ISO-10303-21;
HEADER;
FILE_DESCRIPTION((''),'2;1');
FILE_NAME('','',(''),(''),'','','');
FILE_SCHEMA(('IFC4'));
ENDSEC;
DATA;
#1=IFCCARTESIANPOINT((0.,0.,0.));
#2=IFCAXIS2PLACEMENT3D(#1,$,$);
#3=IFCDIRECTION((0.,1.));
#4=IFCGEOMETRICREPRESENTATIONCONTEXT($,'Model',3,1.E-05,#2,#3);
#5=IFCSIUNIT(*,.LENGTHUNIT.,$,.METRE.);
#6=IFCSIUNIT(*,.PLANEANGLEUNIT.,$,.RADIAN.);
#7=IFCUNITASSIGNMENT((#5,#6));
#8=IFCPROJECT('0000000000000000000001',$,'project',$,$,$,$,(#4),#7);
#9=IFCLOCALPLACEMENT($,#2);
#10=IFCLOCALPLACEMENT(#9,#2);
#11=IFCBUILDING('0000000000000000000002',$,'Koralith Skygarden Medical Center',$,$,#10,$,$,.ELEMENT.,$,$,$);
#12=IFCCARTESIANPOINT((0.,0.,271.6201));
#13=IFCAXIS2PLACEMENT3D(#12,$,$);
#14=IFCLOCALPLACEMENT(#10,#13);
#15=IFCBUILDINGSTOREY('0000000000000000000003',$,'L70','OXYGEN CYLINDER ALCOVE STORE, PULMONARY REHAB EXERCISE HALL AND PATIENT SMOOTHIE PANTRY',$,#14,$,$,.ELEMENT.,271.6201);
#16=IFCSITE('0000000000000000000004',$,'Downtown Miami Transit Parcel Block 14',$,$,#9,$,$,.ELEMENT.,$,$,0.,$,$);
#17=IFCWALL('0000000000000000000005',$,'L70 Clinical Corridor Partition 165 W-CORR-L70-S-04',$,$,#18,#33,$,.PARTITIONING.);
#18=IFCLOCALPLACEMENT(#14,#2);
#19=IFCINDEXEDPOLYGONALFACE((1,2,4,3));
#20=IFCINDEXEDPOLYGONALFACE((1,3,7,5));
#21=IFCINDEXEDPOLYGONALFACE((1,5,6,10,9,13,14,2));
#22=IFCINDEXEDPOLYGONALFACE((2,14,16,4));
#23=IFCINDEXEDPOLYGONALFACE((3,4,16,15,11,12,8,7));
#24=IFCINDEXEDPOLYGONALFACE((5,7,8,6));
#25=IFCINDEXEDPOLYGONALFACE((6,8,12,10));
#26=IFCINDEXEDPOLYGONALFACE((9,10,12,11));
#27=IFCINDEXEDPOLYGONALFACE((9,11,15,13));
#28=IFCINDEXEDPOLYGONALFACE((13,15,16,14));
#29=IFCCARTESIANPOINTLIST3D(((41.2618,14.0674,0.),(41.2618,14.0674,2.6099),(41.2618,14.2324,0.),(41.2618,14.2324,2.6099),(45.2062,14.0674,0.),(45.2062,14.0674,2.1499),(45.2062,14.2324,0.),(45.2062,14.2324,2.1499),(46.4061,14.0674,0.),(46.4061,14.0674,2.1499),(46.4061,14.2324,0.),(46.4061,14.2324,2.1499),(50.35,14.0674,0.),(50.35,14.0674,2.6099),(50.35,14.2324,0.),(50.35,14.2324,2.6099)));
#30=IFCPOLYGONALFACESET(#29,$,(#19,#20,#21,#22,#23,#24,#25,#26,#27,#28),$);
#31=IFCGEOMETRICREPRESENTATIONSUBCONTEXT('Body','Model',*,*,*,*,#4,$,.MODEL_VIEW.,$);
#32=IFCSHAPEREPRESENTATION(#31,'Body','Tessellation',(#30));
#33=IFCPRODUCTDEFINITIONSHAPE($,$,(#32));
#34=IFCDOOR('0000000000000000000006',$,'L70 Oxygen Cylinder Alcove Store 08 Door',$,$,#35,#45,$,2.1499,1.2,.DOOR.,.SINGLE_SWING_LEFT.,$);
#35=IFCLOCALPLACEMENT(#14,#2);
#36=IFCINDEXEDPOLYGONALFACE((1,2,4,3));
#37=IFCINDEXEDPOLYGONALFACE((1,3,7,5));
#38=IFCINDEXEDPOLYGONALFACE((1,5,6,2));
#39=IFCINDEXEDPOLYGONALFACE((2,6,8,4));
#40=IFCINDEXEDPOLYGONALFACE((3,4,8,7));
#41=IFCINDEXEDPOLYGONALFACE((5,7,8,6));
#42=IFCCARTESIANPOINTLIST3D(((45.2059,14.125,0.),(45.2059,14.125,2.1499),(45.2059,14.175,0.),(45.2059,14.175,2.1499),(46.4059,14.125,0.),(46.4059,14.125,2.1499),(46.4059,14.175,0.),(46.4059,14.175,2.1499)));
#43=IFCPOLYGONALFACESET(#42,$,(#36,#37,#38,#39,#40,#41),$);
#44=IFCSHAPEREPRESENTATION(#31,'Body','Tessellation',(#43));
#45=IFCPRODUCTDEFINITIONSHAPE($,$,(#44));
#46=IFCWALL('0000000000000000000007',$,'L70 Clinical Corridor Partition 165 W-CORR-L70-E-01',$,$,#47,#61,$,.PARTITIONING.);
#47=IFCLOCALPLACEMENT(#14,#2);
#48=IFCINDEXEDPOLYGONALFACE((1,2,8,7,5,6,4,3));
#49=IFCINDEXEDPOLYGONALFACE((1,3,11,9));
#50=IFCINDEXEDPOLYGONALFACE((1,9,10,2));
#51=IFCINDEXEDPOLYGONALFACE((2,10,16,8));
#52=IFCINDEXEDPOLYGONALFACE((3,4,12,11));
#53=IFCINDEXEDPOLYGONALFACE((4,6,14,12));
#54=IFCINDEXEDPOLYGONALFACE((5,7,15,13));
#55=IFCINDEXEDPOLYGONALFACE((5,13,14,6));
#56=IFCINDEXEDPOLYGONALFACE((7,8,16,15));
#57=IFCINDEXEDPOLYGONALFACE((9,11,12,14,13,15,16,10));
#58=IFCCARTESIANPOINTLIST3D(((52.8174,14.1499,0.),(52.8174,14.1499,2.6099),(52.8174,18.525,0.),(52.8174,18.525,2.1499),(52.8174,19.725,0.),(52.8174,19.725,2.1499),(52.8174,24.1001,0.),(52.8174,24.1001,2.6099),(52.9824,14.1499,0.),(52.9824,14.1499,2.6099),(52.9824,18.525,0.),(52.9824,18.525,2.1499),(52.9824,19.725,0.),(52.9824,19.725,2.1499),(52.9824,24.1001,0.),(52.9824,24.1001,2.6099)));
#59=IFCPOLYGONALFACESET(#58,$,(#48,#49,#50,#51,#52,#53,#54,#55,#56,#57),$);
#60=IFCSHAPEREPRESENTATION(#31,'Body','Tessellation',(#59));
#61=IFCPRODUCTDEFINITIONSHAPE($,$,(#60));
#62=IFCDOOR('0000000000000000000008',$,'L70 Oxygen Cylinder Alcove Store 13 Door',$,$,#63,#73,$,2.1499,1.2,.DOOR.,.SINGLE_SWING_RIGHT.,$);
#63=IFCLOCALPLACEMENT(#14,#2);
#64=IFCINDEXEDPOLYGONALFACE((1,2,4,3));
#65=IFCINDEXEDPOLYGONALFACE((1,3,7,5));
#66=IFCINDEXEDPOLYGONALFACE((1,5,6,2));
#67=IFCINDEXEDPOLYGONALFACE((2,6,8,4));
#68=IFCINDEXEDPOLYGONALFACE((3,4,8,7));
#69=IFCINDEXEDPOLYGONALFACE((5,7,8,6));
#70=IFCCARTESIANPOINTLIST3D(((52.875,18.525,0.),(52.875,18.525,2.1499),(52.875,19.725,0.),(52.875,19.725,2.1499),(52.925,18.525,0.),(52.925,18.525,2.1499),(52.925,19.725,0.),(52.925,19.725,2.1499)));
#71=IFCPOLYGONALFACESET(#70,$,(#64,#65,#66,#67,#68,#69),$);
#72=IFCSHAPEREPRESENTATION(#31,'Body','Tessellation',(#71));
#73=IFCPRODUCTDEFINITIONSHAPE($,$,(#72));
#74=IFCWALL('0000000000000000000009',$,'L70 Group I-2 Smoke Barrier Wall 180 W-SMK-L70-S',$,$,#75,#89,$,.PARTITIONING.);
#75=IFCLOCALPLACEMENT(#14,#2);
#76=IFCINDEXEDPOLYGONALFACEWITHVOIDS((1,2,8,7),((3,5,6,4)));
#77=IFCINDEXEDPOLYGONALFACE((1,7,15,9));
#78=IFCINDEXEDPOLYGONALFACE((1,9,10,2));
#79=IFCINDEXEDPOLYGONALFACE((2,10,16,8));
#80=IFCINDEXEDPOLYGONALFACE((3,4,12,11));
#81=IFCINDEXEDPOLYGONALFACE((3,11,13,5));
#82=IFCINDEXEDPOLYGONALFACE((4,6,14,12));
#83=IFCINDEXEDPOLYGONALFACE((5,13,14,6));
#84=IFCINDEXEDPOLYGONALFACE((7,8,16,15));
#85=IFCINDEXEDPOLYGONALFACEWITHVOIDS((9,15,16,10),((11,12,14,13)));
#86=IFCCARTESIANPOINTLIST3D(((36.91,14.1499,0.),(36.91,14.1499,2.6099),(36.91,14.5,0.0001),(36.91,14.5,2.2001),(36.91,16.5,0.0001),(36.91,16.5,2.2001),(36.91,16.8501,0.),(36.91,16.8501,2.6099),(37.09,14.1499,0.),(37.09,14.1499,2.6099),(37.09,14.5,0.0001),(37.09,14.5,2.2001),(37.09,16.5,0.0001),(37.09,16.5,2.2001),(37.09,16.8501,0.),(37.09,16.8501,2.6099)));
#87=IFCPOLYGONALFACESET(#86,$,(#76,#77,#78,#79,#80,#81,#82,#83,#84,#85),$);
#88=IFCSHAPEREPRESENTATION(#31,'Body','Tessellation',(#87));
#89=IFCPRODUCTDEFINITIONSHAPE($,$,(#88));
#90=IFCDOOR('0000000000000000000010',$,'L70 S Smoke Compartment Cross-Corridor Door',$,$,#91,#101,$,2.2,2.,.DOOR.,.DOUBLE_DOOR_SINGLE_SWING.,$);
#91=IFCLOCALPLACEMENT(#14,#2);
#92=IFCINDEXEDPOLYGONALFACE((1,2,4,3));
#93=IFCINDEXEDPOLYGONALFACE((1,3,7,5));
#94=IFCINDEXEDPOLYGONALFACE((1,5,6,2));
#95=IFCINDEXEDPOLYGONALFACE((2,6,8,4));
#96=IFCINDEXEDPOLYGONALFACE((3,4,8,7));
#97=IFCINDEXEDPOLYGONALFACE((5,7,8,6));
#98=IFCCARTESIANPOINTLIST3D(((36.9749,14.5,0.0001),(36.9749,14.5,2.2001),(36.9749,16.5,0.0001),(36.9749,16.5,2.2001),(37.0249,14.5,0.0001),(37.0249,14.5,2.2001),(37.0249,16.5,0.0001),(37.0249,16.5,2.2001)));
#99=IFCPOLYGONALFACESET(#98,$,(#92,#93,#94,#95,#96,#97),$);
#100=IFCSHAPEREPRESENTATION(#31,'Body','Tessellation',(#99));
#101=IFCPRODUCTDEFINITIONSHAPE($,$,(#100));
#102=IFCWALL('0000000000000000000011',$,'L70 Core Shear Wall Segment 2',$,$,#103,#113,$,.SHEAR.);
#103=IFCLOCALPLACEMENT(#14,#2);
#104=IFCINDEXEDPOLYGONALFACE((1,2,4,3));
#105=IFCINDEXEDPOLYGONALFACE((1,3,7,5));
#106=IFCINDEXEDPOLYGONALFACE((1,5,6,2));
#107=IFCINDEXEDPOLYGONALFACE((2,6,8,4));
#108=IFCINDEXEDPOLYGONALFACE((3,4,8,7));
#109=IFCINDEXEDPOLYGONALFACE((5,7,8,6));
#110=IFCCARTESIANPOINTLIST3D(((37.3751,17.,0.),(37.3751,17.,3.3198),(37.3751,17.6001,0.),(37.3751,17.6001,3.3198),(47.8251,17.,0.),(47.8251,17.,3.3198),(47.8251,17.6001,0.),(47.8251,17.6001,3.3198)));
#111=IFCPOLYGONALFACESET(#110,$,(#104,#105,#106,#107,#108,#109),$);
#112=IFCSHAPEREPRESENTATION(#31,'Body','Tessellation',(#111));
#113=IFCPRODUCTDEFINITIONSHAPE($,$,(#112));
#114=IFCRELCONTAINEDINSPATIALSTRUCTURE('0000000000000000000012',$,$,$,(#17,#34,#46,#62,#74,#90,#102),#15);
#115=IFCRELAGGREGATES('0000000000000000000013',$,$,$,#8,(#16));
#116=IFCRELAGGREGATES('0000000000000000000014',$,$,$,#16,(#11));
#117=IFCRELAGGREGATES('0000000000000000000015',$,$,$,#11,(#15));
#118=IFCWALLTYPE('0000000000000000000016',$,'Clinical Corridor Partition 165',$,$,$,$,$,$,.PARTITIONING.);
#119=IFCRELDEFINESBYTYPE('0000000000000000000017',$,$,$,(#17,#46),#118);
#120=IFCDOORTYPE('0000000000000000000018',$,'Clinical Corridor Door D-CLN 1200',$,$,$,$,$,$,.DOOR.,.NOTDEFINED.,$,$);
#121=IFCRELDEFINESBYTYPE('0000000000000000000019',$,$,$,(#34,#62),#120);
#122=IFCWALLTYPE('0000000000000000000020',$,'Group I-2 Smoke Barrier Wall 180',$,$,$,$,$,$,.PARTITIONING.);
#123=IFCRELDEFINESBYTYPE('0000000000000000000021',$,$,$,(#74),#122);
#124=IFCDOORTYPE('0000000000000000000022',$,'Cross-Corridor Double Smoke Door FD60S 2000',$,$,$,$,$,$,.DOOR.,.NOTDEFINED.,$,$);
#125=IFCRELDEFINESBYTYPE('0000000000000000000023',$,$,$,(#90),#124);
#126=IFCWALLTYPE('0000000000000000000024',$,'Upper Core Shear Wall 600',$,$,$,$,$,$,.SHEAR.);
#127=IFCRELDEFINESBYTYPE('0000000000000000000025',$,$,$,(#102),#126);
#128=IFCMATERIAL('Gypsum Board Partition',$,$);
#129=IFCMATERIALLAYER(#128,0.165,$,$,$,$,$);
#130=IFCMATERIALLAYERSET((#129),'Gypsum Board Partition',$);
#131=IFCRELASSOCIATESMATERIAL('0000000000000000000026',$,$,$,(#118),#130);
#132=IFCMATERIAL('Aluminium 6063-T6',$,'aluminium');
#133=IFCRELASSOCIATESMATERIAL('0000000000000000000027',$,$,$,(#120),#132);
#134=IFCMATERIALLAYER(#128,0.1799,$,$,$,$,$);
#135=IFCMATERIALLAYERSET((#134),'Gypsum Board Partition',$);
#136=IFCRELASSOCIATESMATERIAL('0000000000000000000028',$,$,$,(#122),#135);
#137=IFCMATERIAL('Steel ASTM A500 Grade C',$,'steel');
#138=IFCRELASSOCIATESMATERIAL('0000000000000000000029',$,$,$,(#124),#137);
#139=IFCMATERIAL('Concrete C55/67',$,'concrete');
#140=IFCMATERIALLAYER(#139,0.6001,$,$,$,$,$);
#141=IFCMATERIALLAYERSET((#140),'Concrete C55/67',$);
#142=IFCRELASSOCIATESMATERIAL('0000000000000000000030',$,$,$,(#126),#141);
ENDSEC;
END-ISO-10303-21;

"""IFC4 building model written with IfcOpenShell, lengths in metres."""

from ifc_helpers import new_model, si_unit, direction, frame, frame_2d, origin, place, context, subcontext, project, spatial, rectangle, extrude, material, layer, layer_set, type_object, element, fill, save


model = new_model("IFC4")

# Units and contexts
model_context = context("Model", 3, precision=1e-05, world=origin(), true_north=direction((0.0, 1.0)))
body_context = subcontext(model_context, "Body", "Model", "MODEL_VIEW")
ifc_project = project(units=[si_unit("LENGTHUNIT", "METRE"), si_unit("PLANEANGLEUNIT", "RADIAN")], contexts=[model_context])

# Site, building, storey
site_placement = place(None, origin())
site = spatial("IfcSite", under=ifc_project, at=site_placement, Name="Downtown Miami Transit Parcel Block 14", CompositionType="ELEMENT", RefElevation=0.0)
building_placement = place(site_placement, origin())
building = spatial("IfcBuilding", under=site, at=building_placement, Name="Koralith Skygarden Medical Center", CompositionType="ELEMENT")
storey_placement = place(building_placement, frame((0.0, 0.0, 271.6201)))
storey = spatial("IfcBuildingStorey", under=building, at=storey_placement, Name="L70", Description="OXYGEN CYLINDER ALCOVE STORE, PULMONARY REHAB EXERCISE HALL AND PATIENT SMOOTHIE PANTRY", CompositionType="ELEMENT", Elevation=271.6201)

# Shared definitions
ifc_material_1 = material(Name="Concrete C55/67", Category="concrete")

# Shared definitions
ifc_material_2 = material(Name="Aluminium 6063-T6", Category="aluminium")

# Shared definitions
ifc_material_3 = material(Name="Gypsum Board Partition")
ifc_layer_1 = layer(ifc_material_3, 0.165)
ifc_layer_set_1 = layer_set([ifc_layer_1], Name="Gypsum Board Partition")
wall_type_1 = type_object("IfcWallType", Name="Clinical Corridor Partition 165", PredefinedType="PARTITIONING", material=ifc_layer_set_1)

# Walls, openings, doors
wall_1_placement = place(storey_placement, frame((41.262, 14.1499, 0.0), z_axis=(0.0, 0.0, 1.0), x_axis=(1.0, 0.0, 0.0)))
wall_1 = element("IfcWall", 1, at=wall_1_placement, inside=storey, type_object=wall_type_1, Name="L70 Clinical Corridor Partition 165 W-CORR-L70-S-04", PredefinedType="PARTITIONING", context=body_context, shape_type="SweptSolid", body=[
    extrude(rectangle(XDim=9.0881, YDim=0.165, at=frame_2d((4.5439, 0.0))), origin(), (0.0, 0.0, 1.0), 2.6099),
])
opening_1_placement = place(wall_1_placement, frame((3.9441, 0.0, 0.0)))
opening_1 = element("IfcOpeningElement", 2, at=opening_1_placement, cuts=wall_1, PredefinedType="OPENING", context=body_context, shape_type="SweptSolid", body=[
    extrude(rectangle(XDim=1.2, YDim=2.1499, at=frame_2d((0.6001, 1.075))), frame((0.0, 0.0925, 0.0), z_axis=(0.0, -1.0, 0.0), x_axis=(1.0, 0.0, 0.0)), (0.0, 0.0, 1.0), 0.1851),
])
door_type_1 = type_object("IfcDoorType", Name="Clinical Corridor Door D-CLN 1200", OperationType="NOTDEFINED", PredefinedType="DOOR", material=ifc_material_2)
door_1_placement = place(opening_1_placement, frame((1.2, 0.0, 0.0), z_axis=(0.0, 0.0, 1.0), x_axis=(-1.0, 0.0, 0.0)))
door_1 = element("IfcDoor", 3, at=door_1_placement, inside=storey, type_object=door_type_1, Name="L70 Oxygen Cylinder Alcove Store 08 Door", OperationType="SINGLE_SWING_LEFT", OverallHeight=2.1499, OverallWidth=1.2, PredefinedType="DOOR", context=body_context, shape_type="SweptSolid", body=[
    extrude(rectangle(XDim=1.2, YDim=2.1499, at=frame_2d((0.6001, 1.075))), frame((0.0, 0.0249, 0.0), z_axis=(0.0, -1.0, 0.0), x_axis=(1.0, 0.0, 0.0)), (0.0, 0.0, 1.0), 0.05),
])
fill(opening_1, door_1)
wall_2_placement = place(storey_placement, frame((52.8999, 14.1499, 0.0), z_axis=(0.0, 0.0, 1.0), x_axis=(0.0, 1.0, 0.0)))
wall_2 = element("IfcWall", 4, at=wall_2_placement, inside=storey, type_object=wall_type_1, Name="L70 Clinical Corridor Partition 165 W-CORR-L70-E-01", PredefinedType="PARTITIONING", context=body_context, shape_type="SweptSolid", body=[
    extrude(rectangle(XDim=9.9502, YDim=0.165, at=frame_2d((4.9751, 0.0))), origin(), (0.0, 0.0, 1.0), 2.6099),
])
opening_2_placement = place(wall_2_placement, frame((4.375, 0.0, 0.0)))
opening_2 = element("IfcOpeningElement", 5, at=opening_2_placement, cuts=wall_2, PredefinedType="OPENING", context=body_context, shape_type="SweptSolid", body=[
    extrude(rectangle(XDim=1.2, YDim=2.1499, at=frame_2d((0.6001, 1.075))), frame((0.0, 0.0925, 0.0), z_axis=(0.0, -1.0, 0.0), x_axis=(1.0, 0.0, 0.0)), (0.0, 0.0, 1.0), 0.1851),
])
door_2_placement = place(opening_2_placement, origin())
door_2 = element("IfcDoor", 6, at=door_2_placement, inside=storey, type_object=door_type_1, Name="L70 Oxygen Cylinder Alcove Store 13 Door", OperationType="SINGLE_SWING_RIGHT", OverallHeight=2.1499, OverallWidth=1.2, PredefinedType="DOOR", context=body_context, shape_type="SweptSolid", body=[
    extrude(rectangle(XDim=1.2, YDim=2.1499, at=frame_2d((0.6001, 1.075))), frame((0.0, 0.0249, 0.0), z_axis=(0.0, -1.0, 0.0), x_axis=(1.0, 0.0, 0.0)), (0.0, 0.0, 1.0), 0.05),
])
fill(opening_2, door_2)
ifc_layer_2 = layer(ifc_material_3, 0.1799)
ifc_layer_set_2 = layer_set([ifc_layer_2], Name="Gypsum Board Partition")
wall_type_2 = type_object("IfcWallType", Name="Group I-2 Smoke Barrier Wall 180", PredefinedType="PARTITIONING", material=ifc_layer_set_2)
wall_3_placement = place(storey_placement, frame((37.0, 14.1499, 0.0), z_axis=(0.0, 0.0, 1.0), x_axis=(0.0, 1.0, 0.0)))
wall_3 = element("IfcWall", 7, at=wall_3_placement, inside=storey, type_object=wall_type_2, Name="L70 Group I-2 Smoke Barrier Wall 180 W-SMK-L70-S", PredefinedType="PARTITIONING", context=body_context, shape_type="SweptSolid", body=[
    extrude(rectangle(XDim=2.7002, YDim=0.1799, at=frame_2d((1.3501, 0.0))), origin(), (0.0, 0.0, 1.0), 2.6099),
])
opening_3_placement = place(wall_3_placement, frame((0.3501, 0.0, 0.0)))
opening_3 = element("IfcOpeningElement", 8, at=opening_3_placement, cuts=wall_3, PredefinedType="OPENING", context=body_context, shape_type="SweptSolid", body=[
    extrude(rectangle(XDim=2.0, YDim=2.2, at=frame_2d((1.0, 1.1001))), frame((0.0, 0.0999, 0.0), z_axis=(0.0, -1.0, 0.0), x_axis=(1.0, 0.0, 0.0)), (0.0, 0.0, 1.0), 0.2),
])
ifc_material_4 = material(Name="Steel ASTM A500 Grade C", Category="steel")
door_type_2 = type_object("IfcDoorType", Name="Cross-Corridor Double Smoke Door FD60S 2000", OperationType="NOTDEFINED", PredefinedType="DOOR", material=ifc_material_4)
door_3_placement = place(opening_3_placement, frame((2.0, 0.0, 0.0), z_axis=(0.0, 0.0, 1.0), x_axis=(-1.0, 0.0, 0.0)))
door_3 = element("IfcDoor", 9, at=door_3_placement, inside=storey, type_object=door_type_2, Name="L70 S Smoke Compartment Cross-Corridor Door", OperationType="DOUBLE_DOOR_SINGLE_SWING", OverallHeight=2.2, OverallWidth=2.0, PredefinedType="DOOR", context=body_context, shape_type="SweptSolid", body=[
    extrude(rectangle(XDim=2.0, YDim=2.2, at=frame_2d((1.0, 1.1001))), frame((0.0, 0.0249, 0.0), z_axis=(0.0, -1.0, 0.0), x_axis=(1.0, 0.0, 0.0)), (0.0, 0.0, 1.0), 0.05),
])
fill(opening_3, door_3)

# Wall
ifc_layer_3 = layer(ifc_material_1, 0.6001)
ifc_layer_set_3 = layer_set([ifc_layer_3], Name="Concrete C55/67")
wall_type_3 = type_object("IfcWallType", Name="Upper Core Shear Wall 600", PredefinedType="SHEAR", material=ifc_layer_set_3)
wall_4_placement = place(storey_placement, frame((37.375, 17.3, 0.0), z_axis=(0.0, 0.0, 1.0), x_axis=(1.0, 0.0, 0.0)))
element("IfcWall", 10, at=wall_4_placement, inside=storey, type_object=wall_type_3, Name="L70 Core Shear Wall Segment 2", PredefinedType="SHEAR", context=body_context, shape_type="SweptSolid", body=[
    extrude(rectangle(XDim=10.45, YDim=0.6001, at=frame_2d((5.2251, 0.0))), origin(), (0.0, 0.0, 1.0), 3.3198),
])

save(model, "model.ifc")
